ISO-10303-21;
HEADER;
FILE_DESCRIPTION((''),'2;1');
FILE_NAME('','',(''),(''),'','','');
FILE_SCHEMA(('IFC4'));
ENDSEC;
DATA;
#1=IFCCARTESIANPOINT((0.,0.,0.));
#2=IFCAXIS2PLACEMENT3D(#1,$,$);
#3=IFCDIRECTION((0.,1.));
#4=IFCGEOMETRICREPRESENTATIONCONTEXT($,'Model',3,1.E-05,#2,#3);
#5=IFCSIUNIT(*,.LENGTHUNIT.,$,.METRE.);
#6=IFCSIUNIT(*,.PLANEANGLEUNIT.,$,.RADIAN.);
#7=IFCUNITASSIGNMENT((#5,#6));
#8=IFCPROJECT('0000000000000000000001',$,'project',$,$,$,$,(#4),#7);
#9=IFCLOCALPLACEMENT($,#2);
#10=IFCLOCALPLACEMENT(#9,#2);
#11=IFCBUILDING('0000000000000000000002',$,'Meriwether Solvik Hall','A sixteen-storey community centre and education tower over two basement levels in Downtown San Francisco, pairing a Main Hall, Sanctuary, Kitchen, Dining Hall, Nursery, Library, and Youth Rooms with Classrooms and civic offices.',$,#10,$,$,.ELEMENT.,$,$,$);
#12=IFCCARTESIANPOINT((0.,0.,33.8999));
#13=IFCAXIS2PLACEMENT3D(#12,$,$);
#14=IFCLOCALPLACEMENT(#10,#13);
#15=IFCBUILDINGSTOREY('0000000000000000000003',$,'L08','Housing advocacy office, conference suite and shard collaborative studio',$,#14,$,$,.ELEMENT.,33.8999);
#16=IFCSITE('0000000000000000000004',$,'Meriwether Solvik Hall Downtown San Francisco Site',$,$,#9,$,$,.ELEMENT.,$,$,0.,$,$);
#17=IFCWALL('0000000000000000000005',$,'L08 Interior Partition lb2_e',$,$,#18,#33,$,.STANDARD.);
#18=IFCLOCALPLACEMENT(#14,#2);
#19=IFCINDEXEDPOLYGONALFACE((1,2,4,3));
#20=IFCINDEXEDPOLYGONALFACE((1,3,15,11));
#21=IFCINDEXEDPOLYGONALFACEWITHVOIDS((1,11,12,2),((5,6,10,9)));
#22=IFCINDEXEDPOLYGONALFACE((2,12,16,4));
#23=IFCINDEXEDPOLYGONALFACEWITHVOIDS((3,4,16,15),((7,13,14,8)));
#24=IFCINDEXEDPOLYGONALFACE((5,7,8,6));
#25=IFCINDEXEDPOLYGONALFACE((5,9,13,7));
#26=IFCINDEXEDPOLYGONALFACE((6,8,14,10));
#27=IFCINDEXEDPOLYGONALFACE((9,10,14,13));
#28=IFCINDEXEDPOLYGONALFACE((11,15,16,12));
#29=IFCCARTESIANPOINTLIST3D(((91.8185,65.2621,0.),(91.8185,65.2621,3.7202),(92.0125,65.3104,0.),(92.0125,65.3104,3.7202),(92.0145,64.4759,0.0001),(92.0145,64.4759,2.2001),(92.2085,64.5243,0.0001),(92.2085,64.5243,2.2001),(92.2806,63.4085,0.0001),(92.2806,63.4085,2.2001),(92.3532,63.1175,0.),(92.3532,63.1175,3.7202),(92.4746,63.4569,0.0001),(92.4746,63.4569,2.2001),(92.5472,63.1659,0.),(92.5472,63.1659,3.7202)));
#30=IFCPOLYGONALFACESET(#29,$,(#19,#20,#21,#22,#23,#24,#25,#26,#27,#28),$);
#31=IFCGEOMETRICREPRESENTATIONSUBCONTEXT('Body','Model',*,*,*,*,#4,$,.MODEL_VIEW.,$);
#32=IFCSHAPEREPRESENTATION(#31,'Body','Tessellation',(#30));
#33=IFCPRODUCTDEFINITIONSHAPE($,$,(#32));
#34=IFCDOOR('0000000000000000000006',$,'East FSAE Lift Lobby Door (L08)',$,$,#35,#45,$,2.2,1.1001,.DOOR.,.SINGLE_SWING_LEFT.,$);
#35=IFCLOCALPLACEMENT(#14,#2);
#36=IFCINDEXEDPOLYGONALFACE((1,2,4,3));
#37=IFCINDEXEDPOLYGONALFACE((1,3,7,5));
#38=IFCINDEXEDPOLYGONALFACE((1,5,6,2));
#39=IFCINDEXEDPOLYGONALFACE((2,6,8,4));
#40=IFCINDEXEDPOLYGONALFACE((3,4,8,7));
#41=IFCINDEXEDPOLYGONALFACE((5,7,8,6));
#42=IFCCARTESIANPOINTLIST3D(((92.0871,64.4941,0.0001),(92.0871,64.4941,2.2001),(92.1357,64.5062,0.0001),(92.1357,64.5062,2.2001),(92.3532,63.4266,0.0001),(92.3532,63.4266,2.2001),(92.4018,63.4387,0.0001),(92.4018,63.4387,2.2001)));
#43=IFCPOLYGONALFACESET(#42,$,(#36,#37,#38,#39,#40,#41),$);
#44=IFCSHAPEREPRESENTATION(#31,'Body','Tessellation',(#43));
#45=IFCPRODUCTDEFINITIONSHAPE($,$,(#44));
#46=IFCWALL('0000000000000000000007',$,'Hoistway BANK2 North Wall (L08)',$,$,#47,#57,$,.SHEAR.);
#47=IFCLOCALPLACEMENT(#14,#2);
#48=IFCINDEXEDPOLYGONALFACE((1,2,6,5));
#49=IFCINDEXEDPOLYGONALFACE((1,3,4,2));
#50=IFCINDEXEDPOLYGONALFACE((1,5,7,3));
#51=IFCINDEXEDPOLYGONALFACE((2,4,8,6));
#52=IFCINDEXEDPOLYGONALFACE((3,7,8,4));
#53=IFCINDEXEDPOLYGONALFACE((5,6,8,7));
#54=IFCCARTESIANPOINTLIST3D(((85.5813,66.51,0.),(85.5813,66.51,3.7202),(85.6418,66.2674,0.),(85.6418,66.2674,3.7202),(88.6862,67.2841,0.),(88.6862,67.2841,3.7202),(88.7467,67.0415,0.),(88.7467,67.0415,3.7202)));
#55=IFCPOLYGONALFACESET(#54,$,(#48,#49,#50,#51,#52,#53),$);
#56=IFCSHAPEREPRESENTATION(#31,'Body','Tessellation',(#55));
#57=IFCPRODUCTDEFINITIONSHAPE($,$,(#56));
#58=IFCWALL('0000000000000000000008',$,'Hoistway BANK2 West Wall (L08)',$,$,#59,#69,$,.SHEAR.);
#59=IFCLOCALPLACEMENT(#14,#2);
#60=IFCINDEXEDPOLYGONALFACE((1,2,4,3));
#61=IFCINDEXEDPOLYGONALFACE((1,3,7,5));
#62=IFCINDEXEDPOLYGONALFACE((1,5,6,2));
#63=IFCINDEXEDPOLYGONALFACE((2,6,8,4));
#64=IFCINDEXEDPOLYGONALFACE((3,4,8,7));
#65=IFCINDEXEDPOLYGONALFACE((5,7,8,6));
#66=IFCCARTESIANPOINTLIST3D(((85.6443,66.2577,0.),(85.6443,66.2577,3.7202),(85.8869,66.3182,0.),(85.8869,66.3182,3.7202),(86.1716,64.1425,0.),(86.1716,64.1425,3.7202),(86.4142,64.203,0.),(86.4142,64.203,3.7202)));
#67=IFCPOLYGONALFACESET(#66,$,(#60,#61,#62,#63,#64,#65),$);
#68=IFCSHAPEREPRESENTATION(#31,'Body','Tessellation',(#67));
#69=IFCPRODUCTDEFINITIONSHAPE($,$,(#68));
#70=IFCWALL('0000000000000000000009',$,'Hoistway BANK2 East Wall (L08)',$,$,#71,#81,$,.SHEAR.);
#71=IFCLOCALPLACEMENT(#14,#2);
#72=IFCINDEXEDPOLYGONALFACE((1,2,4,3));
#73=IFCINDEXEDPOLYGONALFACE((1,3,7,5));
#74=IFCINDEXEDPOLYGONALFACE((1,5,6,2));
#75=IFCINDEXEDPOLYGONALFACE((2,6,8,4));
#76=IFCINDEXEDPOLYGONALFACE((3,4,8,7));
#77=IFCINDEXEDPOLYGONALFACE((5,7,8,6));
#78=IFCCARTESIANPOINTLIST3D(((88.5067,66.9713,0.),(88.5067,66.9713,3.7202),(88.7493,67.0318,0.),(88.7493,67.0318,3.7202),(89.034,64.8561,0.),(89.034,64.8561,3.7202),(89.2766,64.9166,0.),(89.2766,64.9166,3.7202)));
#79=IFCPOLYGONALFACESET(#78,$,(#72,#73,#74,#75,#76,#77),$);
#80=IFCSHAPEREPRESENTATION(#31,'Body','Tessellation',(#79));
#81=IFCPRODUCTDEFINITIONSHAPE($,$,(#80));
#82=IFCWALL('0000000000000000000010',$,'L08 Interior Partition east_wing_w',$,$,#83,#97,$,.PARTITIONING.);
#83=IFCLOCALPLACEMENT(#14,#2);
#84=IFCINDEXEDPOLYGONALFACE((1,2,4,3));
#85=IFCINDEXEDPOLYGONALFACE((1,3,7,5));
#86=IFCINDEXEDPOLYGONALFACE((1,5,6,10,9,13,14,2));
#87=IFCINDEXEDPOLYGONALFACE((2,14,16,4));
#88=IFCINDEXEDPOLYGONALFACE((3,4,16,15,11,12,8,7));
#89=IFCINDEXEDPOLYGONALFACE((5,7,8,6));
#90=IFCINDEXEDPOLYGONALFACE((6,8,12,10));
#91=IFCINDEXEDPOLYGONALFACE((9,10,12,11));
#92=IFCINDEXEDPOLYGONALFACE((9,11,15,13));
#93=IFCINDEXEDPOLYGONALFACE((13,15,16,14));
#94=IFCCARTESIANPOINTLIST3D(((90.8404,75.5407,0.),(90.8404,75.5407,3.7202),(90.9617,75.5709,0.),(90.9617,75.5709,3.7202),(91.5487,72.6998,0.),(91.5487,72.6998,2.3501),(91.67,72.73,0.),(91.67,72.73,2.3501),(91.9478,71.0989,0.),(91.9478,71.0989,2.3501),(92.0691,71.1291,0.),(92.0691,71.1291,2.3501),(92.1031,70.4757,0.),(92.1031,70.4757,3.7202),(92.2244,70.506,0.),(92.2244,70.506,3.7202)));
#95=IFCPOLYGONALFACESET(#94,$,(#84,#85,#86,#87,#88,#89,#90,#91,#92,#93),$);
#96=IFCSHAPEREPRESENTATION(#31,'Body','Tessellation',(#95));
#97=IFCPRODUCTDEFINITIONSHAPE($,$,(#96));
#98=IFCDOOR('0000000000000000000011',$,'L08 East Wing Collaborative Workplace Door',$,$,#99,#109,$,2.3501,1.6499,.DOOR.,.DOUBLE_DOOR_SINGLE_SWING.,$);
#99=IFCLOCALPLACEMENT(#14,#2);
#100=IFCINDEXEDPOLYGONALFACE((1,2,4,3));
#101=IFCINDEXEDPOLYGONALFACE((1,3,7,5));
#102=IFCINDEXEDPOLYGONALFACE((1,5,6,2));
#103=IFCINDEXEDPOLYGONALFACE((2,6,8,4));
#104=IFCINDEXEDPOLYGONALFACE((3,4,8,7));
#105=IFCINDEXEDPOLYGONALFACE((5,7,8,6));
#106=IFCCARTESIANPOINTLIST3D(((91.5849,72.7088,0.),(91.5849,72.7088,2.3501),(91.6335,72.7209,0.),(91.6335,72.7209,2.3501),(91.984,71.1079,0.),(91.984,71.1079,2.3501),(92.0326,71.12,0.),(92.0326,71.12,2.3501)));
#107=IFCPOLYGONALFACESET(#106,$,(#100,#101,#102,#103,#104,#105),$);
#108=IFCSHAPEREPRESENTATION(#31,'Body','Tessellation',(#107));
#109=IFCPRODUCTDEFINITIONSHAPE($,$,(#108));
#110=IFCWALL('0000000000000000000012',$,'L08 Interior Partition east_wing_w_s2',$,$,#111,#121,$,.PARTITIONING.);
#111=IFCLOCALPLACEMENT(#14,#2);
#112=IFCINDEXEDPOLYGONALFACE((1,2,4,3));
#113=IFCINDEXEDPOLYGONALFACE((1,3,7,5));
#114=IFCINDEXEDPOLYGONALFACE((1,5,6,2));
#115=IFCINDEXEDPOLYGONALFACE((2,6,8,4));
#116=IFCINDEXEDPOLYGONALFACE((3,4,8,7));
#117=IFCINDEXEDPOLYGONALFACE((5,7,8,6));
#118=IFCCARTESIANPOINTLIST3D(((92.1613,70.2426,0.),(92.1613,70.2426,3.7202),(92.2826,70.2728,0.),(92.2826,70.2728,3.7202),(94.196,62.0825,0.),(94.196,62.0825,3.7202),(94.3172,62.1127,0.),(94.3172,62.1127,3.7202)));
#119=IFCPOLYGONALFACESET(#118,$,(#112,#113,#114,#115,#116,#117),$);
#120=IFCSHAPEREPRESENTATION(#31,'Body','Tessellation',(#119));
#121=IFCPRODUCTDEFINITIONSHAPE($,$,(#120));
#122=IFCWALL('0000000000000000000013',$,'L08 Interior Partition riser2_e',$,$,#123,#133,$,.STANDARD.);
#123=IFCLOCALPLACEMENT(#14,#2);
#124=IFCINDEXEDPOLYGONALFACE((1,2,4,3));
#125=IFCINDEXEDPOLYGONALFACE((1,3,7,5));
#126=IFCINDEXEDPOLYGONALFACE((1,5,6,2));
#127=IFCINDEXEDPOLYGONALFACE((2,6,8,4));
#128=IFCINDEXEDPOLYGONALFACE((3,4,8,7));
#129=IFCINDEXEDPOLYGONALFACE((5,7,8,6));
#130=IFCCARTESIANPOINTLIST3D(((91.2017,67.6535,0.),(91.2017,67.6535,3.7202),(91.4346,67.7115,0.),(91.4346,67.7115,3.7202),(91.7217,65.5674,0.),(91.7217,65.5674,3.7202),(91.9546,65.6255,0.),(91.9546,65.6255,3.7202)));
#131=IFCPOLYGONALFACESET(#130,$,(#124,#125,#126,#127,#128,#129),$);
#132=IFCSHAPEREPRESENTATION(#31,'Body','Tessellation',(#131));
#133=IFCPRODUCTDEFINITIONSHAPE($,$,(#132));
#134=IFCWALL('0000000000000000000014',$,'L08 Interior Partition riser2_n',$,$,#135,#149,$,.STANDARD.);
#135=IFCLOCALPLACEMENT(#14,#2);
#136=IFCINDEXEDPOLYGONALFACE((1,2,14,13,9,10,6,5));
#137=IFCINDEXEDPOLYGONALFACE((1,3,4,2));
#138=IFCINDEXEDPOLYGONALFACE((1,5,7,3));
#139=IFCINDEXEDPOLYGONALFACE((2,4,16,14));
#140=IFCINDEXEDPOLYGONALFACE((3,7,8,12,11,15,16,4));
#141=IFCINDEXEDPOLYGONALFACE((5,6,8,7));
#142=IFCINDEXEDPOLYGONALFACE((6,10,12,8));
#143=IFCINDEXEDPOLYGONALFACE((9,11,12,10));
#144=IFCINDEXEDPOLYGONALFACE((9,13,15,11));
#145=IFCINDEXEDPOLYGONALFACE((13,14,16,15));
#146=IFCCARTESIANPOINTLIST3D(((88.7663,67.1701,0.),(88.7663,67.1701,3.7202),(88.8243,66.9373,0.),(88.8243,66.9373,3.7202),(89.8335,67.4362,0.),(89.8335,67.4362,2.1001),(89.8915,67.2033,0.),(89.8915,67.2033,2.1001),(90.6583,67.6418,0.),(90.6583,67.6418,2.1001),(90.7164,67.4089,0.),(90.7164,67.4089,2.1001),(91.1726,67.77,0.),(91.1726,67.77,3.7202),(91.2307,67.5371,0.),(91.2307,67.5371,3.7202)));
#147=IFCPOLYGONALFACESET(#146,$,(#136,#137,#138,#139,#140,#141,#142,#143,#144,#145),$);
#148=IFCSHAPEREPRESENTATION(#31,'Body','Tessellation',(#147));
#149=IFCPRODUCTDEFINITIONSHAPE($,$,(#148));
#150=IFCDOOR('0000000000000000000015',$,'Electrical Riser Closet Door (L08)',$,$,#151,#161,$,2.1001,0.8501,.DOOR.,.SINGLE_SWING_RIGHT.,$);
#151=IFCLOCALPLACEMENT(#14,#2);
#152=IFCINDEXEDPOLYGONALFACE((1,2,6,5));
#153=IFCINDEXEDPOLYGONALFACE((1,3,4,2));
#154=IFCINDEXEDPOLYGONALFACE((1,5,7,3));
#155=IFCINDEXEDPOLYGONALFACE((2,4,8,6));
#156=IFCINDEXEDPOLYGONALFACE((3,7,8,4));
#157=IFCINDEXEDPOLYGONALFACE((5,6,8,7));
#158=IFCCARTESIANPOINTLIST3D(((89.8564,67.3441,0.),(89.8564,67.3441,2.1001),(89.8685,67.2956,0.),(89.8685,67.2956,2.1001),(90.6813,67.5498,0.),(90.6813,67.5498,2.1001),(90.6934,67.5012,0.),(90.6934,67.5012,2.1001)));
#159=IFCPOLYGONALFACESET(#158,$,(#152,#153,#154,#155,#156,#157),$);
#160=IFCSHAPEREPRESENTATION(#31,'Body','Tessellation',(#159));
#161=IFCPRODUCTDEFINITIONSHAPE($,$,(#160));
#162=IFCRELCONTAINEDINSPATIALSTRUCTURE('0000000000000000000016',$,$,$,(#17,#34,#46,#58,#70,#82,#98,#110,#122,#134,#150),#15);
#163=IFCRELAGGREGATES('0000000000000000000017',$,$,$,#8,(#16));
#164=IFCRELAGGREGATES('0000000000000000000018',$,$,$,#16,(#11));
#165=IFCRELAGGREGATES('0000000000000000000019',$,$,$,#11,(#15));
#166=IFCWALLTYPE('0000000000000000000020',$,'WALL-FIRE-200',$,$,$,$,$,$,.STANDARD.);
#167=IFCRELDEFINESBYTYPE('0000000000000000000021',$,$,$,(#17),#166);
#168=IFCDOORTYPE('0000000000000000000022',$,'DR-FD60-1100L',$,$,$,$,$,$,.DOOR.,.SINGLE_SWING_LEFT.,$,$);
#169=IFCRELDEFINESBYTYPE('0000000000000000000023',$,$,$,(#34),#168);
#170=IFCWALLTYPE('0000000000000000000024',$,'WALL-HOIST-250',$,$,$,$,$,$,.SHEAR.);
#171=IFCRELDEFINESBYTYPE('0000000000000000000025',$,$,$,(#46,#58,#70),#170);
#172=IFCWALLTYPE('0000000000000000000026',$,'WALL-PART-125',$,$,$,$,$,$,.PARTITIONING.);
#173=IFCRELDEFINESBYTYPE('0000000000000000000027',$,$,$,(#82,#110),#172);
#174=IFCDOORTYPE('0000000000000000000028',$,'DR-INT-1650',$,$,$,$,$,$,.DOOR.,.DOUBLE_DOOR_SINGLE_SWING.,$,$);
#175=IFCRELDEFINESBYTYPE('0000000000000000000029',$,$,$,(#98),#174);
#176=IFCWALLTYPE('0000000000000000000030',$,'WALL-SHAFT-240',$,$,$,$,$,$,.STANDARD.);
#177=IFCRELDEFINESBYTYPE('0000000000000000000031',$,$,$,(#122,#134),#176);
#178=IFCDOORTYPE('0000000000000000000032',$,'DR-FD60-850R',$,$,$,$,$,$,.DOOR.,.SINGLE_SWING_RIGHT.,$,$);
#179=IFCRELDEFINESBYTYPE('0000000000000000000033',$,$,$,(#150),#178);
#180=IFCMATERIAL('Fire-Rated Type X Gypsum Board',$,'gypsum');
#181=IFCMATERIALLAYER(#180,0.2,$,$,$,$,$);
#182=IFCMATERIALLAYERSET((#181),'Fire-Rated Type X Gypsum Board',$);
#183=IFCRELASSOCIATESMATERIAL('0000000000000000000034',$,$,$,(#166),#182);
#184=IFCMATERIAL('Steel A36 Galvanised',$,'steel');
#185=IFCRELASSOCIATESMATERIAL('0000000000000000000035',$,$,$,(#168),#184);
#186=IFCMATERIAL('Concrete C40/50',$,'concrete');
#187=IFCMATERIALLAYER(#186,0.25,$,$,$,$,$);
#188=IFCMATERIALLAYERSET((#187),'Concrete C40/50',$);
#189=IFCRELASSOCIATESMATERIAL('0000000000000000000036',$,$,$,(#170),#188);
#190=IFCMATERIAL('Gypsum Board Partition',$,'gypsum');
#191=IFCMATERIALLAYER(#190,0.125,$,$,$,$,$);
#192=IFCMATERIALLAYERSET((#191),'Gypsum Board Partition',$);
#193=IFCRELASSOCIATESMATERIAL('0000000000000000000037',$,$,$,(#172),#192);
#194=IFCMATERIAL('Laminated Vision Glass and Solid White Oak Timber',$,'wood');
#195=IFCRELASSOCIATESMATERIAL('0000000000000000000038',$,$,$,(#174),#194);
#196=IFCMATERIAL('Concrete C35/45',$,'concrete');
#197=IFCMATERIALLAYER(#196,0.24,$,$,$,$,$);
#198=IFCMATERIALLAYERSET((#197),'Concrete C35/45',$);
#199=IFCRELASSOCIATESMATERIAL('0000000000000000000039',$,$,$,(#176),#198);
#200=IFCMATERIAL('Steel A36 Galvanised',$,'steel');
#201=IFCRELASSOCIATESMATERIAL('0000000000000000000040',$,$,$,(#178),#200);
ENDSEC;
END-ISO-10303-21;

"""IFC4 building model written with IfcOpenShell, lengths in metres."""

from ifc_helpers import new_model, si_unit, direction, frame, frame_2d, origin, place, context, subcontext, project, spatial, rectangle, extrude, material, layer, layer_set, type_object, element, fill, save


model = new_model("IFC4")

# Units and contexts
model_context = context("Model", 3, precision=1e-05, world=origin(), true_north=direction((0.0, 1.0)))
body_context = subcontext(model_context, "Body", "Model", "MODEL_VIEW")
ifc_project = project(units=[si_unit("LENGTHUNIT", "METRE"), si_unit("PLANEANGLEUNIT", "RADIAN")], contexts=[model_context])

# Site, building, storey
site_placement = place(None, origin())
site = spatial("IfcSite", under=ifc_project, at=site_placement, Name="Meriwether Solvik Hall Downtown San Francisco Site", CompositionType="ELEMENT", RefElevation=0.0)
building_placement = place(site_placement, origin())
building = spatial("IfcBuilding", under=site, at=building_placement, Name="Meriwether Solvik Hall", Description="A sixteen-storey community centre and education tower over two basement levels in Downtown San Francisco, pairing a Main Hall, Sanctuary, Kitchen, Dining Hall, Nursery, Library, and Youth Rooms with Classrooms and civic offices.", CompositionType="ELEMENT")
storey_placement = place(building_placement, frame((0.0, 0.0, 33.8999)))
storey = spatial("IfcBuildingStorey", under=building, at=storey_placement, Name="L08", Description="Housing advocacy office, conference suite and shard collaborative studio", CompositionType="ELEMENT", Elevation=33.8999)

# Wall, opening, door
ifc_material_1 = material(Name="Fire-Rated Type X Gypsum Board", Category="gypsum")
ifc_layer_1 = layer(ifc_material_1, 0.2)
ifc_layer_set_1 = layer_set([ifc_layer_1], Name="Fire-Rated Type X Gypsum Board")
wall_type_1 = type_object("IfcWallType", Name="WALL-FIRE-200", PredefinedType="STANDARD", material=ifc_layer_set_1)
wall_1_placement = place(storey_placement, frame((91.9155, 65.2861, 0.0), z_axis=(0.0, 0.0, 1.0), x_axis=(0.241912, -0.970298, 0.0)))
wall_1 = element("IfcWall", 1, at=wall_1_placement, inside=storey, type_object=wall_type_1, Name="L08 Interior Partition lb2_e", PredefinedType="STANDARD", context=body_context, shape_type="SweptSolid", body=[
    extrude(rectangle(XDim=2.2102, YDim=0.2, at=frame_2d((1.105, 0.0))), origin(), (0.0, 0.0, 1.0), 3.7202),
])
opening_1_placement = place(wall_1_placement, frame((0.8101, 0.0, 0.0)))
opening_1 = element("IfcOpeningElement", 2, at=opening_1_placement, cuts=wall_1, PredefinedType="OPENING", context=body_context, shape_type="SweptSolid", body=[
    extrude(rectangle(XDim=1.1001, YDim=2.2, at=frame_2d((0.55, 1.1001))), frame((0.0, 0.1118, 0.0), z_axis=(0.0, -1.0, 0.0), x_axis=(1.0, 0.0, 0.0)), (0.0, 0.0, 1.0), 0.2239),
])
ifc_material_2 = material(Name="Steel A36 Galvanised", Category="steel")
door_type_1 = type_object("IfcDoorType", Name="DR-FD60-1100L", OperationType="SINGLE_SWING_LEFT", PredefinedType="DOOR", material=ifc_material_2)
door_1_placement = place(opening_1_placement, origin())
door_1 = element("IfcDoor", 3, at=door_1_placement, inside=storey, type_object=door_type_1, Name="East FSAE Lift Lobby Door (L08)", OperationType="SINGLE_SWING_LEFT", OverallHeight=2.2, OverallWidth=1.1001, PredefinedType="DOOR", context=body_context, shape_type="SweptSolid", body=[
    extrude(rectangle(XDim=1.1001, YDim=2.2, at=frame_2d((0.55, 1.1001))), frame((0.0, 0.0249, 0.0), z_axis=(0.0, -1.0, 0.0), x_axis=(1.0, 0.0, 0.0)), (0.0, 0.0, 1.0), 0.05),
])
fill(opening_1, door_1)

# Walls
ifc_material_3 = material(Name="Concrete C40/50", Category="concrete")
ifc_layer_2 = layer(ifc_material_3, 0.25)
ifc_layer_set_2 = layer_set([ifc_layer_2], Name="Concrete C40/50")
wall_type_2 = type_object("IfcWallType", Name="WALL-HOIST-250", PredefinedType="SHEAR", material=ifc_layer_set_2)
wall_2_placement = place(storey_placement, frame((88.7166, 67.1628, 0.0), z_axis=(0.0, 0.0, 1.0), x_axis=(-0.970295, -0.241925, 0.0)))
element("IfcWall", 4, at=wall_2_placement, inside=storey, type_object=wall_type_2, Name="Hoistway BANK2 North Wall (L08)", PredefinedType="SHEAR", context=body_context, shape_type="SweptSolid", body=[
    extrude(rectangle(XDim=3.2, YDim=0.25, at=frame_2d((1.6001, 0.0))), origin(), (0.0, 0.0, 1.0), 3.7202),
])
for number, where, z_axis, x_axis, name in (
    (5, (85.7656, 66.2878, 0.0), (0.0, 0.0, 1.0), (0.241903, -0.9703, 0.0), "Hoistway BANK2 West Wall (L08)"),
    (6, (89.1553, 64.8865, 0.0), (0.0, 0.0, 1.0), (-0.241903, 0.9703, 0.0), "Hoistway BANK2 East Wall (L08)"),
):
    element("IfcWall", number, at=place(storey_placement, frame(where, z_axis=z_axis, x_axis=x_axis)), inside=storey, type_object=wall_type_2, Name=name, PredefinedType="SHEAR", context=body_context, shape_type="SweptSolid", body=[
        extrude(rectangle(XDim=2.1799, YDim=0.25, at=frame_2d((1.0898, 0.0))), origin(), (0.0, 0.0, 1.0), 3.7202),
    ])

# Wall, opening, door
ifc_material_4 = material(Name="Gypsum Board Partition", Category="gypsum")
ifc_layer_3 = layer(ifc_material_4, 0.125)
ifc_layer_set_3 = layer_set([ifc_layer_3], Name="Gypsum Board Partition")
wall_type_3 = type_object("IfcWallType", Name="WALL-PART-125", PredefinedType="PARTITIONING", material=ifc_layer_set_3)
wall_3_placement = place(storey_placement, frame((90.9011, 75.5557, 0.0), z_axis=(0.0, 0.0, 1.0), x_axis=(0.241897, -0.970302, 0.0)))
wall_3 = element("IfcWall", 7, at=wall_3_placement, inside=storey, type_object=wall_type_3, Name="L08 Interior Partition east_wing_w", PredefinedType="PARTITIONING", context=body_context, shape_type="SweptSolid", body=[
    extrude(rectangle(XDim=5.22, YDim=0.125, at=frame_2d((2.6099, 0.0))), origin(), (0.0, 0.0, 1.0), 3.7202),
])
opening_2_placement = place(wall_3_placement, frame((2.9277, 0.0, 0.0)))
opening_2 = element("IfcOpeningElement", 8, at=opening_2_placement, cuts=wall_3, PredefinedType="OPENING", context=body_context, shape_type="SweptSolid", body=[
    extrude(rectangle(XDim=1.6499, YDim=2.3501, at=frame_2d((0.825, 1.175))), frame((0.0, 0.0745, 0.0), z_axis=(0.0, -1.0, 0.0), x_axis=(1.0, 0.0, 0.0)), (0.0, 0.0, 1.0), 0.1489),
])
ifc_material_5 = material(Name="Laminated Vision Glass and Solid White Oak Timber", Category="wood")
door_type_2 = type_object("IfcDoorType", Name="DR-INT-1650", OperationType="DOUBLE_DOOR_SINGLE_SWING", PredefinedType="DOOR", material=ifc_material_5)
door_2_placement = place(opening_2_placement, origin())
door_2 = element("IfcDoor", 9, at=door_2_placement, inside=storey, type_object=door_type_2, Name="L08 East Wing Collaborative Workplace Door", OperationType="DOUBLE_DOOR_SINGLE_SWING", OverallHeight=2.3501, OverallWidth=1.6499, PredefinedType="DOOR", context=body_context, shape_type="SweptSolid", body=[
    extrude(rectangle(XDim=1.6499, YDim=2.3501, at=frame_2d((0.825, 1.175))), frame((0.0, 0.0249, 0.0), z_axis=(0.0, -1.0, 0.0), x_axis=(1.0, 0.0, 0.0)), (0.0, 0.0, 1.0), 0.05),
])
fill(opening_2, door_2)

# Walls
wall_4_placement = place(storey_placement, frame((92.2219, 70.2578, 0.0), z_axis=(0.0, 0.0, 1.0), x_axis=(0.241934, -0.970293, 0.0)))
element("IfcWall", 10, at=wall_4_placement, inside=storey, type_object=wall_type_3, Name="L08 Interior Partition east_wing_w_s2", PredefinedType="PARTITIONING", context=body_context, shape_type="SweptSolid", body=[
    extrude(rectangle(XDim=8.4099, YDim=0.125, at=frame_2d((4.2051, 0.0))), origin(), (0.0, 0.0, 1.0), 3.7202),
])
ifc_material_6 = material(Name="Concrete C35/45", Category="concrete")
ifc_layer_4 = layer(ifc_material_6, 0.24)
ifc_layer_set_4 = layer_set([ifc_layer_4], Name="Concrete C35/45")
wall_type_4 = type_object("IfcWallType", Name="WALL-SHAFT-240", PredefinedType="STANDARD", material=ifc_layer_set_4)
wall_5_placement = place(storey_placement, frame((91.8381, 65.5964, 0.0), z_axis=(0.0, 0.0, 1.0), x_axis=(-0.241868, 0.970309, 0.0)))
element("IfcWall", 11, at=wall_5_placement, inside=storey, type_object=wall_type_4, Name="L08 Interior Partition riser2_e", PredefinedType="STANDARD", context=body_context, shape_type="SweptSolid", body=[
    extrude(rectangle(XDim=2.1499, YDim=0.24, at=frame_2d((1.075, 0.0))), origin(), (0.0, 0.0, 1.0), 3.7202),
])

# Wall, opening, door
wall_6_placement = place(storey_placement, frame((91.2017, 67.6536, 0.0), z_axis=(0.0, 0.0, 1.0), x_axis=(-0.970304, -0.241887, 0.0)))
wall_6 = element("IfcWall", 12, at=wall_6_placement, inside=storey, type_object=wall_type_4, Name="L08 Interior Partition riser2_n", PredefinedType="STANDARD", context=body_context, shape_type="SweptSolid", body=[
    extrude(rectangle(XDim=2.48, YDim=0.24, at=frame_2d((1.24, 0.0))), origin(), (0.0, 0.0, 1.0), 3.7202),
])
opening_3_placement = place(wall_6_placement, frame((0.53, 0.0, 0.0)))
opening_3 = element("IfcOpeningElement", 13, at=opening_3_placement, cuts=wall_6, PredefinedType="OPENING", context=body_context, shape_type="SweptSolid", body=[
    extrude(rectangle(XDim=0.8501, YDim=2.1001, at=frame_2d((0.425, 1.05))), frame((0.0, 0.1318, 0.0), z_axis=(0.0, -1.0, 0.0), x_axis=(1.0, 0.0, 0.0)), (0.0, 0.0, 1.0), 0.2639),
])
ifc_material_7 = material(Name="Steel A36 Galvanised", Category="steel")
door_type_3 = type_object("IfcDoorType", Name="DR-FD60-850R", OperationType="SINGLE_SWING_RIGHT", PredefinedType="DOOR", material=ifc_material_7)
door_3_placement = place(opening_3_placement, origin())
door_3 = element("IfcDoor", 14, at=door_3_placement, inside=storey, type_object=door_type_3, Name="Electrical Riser Closet Door (L08)", OperationType="SINGLE_SWING_RIGHT", OverallHeight=2.1001, OverallWidth=0.8501, PredefinedType="DOOR", context=body_context, shape_type="SweptSolid", body=[
    extrude(rectangle(XDim=0.8501, YDim=2.1001, at=frame_2d((0.425, 1.05))), frame((0.0, 0.0249, 0.0), z_axis=(0.0, -1.0, 0.0), x_axis=(1.0, 0.0, 0.0)), (0.0, 0.0, 1.0), 0.05),
])
fill(opening_3, door_3)

save(model, "model.ifc")
